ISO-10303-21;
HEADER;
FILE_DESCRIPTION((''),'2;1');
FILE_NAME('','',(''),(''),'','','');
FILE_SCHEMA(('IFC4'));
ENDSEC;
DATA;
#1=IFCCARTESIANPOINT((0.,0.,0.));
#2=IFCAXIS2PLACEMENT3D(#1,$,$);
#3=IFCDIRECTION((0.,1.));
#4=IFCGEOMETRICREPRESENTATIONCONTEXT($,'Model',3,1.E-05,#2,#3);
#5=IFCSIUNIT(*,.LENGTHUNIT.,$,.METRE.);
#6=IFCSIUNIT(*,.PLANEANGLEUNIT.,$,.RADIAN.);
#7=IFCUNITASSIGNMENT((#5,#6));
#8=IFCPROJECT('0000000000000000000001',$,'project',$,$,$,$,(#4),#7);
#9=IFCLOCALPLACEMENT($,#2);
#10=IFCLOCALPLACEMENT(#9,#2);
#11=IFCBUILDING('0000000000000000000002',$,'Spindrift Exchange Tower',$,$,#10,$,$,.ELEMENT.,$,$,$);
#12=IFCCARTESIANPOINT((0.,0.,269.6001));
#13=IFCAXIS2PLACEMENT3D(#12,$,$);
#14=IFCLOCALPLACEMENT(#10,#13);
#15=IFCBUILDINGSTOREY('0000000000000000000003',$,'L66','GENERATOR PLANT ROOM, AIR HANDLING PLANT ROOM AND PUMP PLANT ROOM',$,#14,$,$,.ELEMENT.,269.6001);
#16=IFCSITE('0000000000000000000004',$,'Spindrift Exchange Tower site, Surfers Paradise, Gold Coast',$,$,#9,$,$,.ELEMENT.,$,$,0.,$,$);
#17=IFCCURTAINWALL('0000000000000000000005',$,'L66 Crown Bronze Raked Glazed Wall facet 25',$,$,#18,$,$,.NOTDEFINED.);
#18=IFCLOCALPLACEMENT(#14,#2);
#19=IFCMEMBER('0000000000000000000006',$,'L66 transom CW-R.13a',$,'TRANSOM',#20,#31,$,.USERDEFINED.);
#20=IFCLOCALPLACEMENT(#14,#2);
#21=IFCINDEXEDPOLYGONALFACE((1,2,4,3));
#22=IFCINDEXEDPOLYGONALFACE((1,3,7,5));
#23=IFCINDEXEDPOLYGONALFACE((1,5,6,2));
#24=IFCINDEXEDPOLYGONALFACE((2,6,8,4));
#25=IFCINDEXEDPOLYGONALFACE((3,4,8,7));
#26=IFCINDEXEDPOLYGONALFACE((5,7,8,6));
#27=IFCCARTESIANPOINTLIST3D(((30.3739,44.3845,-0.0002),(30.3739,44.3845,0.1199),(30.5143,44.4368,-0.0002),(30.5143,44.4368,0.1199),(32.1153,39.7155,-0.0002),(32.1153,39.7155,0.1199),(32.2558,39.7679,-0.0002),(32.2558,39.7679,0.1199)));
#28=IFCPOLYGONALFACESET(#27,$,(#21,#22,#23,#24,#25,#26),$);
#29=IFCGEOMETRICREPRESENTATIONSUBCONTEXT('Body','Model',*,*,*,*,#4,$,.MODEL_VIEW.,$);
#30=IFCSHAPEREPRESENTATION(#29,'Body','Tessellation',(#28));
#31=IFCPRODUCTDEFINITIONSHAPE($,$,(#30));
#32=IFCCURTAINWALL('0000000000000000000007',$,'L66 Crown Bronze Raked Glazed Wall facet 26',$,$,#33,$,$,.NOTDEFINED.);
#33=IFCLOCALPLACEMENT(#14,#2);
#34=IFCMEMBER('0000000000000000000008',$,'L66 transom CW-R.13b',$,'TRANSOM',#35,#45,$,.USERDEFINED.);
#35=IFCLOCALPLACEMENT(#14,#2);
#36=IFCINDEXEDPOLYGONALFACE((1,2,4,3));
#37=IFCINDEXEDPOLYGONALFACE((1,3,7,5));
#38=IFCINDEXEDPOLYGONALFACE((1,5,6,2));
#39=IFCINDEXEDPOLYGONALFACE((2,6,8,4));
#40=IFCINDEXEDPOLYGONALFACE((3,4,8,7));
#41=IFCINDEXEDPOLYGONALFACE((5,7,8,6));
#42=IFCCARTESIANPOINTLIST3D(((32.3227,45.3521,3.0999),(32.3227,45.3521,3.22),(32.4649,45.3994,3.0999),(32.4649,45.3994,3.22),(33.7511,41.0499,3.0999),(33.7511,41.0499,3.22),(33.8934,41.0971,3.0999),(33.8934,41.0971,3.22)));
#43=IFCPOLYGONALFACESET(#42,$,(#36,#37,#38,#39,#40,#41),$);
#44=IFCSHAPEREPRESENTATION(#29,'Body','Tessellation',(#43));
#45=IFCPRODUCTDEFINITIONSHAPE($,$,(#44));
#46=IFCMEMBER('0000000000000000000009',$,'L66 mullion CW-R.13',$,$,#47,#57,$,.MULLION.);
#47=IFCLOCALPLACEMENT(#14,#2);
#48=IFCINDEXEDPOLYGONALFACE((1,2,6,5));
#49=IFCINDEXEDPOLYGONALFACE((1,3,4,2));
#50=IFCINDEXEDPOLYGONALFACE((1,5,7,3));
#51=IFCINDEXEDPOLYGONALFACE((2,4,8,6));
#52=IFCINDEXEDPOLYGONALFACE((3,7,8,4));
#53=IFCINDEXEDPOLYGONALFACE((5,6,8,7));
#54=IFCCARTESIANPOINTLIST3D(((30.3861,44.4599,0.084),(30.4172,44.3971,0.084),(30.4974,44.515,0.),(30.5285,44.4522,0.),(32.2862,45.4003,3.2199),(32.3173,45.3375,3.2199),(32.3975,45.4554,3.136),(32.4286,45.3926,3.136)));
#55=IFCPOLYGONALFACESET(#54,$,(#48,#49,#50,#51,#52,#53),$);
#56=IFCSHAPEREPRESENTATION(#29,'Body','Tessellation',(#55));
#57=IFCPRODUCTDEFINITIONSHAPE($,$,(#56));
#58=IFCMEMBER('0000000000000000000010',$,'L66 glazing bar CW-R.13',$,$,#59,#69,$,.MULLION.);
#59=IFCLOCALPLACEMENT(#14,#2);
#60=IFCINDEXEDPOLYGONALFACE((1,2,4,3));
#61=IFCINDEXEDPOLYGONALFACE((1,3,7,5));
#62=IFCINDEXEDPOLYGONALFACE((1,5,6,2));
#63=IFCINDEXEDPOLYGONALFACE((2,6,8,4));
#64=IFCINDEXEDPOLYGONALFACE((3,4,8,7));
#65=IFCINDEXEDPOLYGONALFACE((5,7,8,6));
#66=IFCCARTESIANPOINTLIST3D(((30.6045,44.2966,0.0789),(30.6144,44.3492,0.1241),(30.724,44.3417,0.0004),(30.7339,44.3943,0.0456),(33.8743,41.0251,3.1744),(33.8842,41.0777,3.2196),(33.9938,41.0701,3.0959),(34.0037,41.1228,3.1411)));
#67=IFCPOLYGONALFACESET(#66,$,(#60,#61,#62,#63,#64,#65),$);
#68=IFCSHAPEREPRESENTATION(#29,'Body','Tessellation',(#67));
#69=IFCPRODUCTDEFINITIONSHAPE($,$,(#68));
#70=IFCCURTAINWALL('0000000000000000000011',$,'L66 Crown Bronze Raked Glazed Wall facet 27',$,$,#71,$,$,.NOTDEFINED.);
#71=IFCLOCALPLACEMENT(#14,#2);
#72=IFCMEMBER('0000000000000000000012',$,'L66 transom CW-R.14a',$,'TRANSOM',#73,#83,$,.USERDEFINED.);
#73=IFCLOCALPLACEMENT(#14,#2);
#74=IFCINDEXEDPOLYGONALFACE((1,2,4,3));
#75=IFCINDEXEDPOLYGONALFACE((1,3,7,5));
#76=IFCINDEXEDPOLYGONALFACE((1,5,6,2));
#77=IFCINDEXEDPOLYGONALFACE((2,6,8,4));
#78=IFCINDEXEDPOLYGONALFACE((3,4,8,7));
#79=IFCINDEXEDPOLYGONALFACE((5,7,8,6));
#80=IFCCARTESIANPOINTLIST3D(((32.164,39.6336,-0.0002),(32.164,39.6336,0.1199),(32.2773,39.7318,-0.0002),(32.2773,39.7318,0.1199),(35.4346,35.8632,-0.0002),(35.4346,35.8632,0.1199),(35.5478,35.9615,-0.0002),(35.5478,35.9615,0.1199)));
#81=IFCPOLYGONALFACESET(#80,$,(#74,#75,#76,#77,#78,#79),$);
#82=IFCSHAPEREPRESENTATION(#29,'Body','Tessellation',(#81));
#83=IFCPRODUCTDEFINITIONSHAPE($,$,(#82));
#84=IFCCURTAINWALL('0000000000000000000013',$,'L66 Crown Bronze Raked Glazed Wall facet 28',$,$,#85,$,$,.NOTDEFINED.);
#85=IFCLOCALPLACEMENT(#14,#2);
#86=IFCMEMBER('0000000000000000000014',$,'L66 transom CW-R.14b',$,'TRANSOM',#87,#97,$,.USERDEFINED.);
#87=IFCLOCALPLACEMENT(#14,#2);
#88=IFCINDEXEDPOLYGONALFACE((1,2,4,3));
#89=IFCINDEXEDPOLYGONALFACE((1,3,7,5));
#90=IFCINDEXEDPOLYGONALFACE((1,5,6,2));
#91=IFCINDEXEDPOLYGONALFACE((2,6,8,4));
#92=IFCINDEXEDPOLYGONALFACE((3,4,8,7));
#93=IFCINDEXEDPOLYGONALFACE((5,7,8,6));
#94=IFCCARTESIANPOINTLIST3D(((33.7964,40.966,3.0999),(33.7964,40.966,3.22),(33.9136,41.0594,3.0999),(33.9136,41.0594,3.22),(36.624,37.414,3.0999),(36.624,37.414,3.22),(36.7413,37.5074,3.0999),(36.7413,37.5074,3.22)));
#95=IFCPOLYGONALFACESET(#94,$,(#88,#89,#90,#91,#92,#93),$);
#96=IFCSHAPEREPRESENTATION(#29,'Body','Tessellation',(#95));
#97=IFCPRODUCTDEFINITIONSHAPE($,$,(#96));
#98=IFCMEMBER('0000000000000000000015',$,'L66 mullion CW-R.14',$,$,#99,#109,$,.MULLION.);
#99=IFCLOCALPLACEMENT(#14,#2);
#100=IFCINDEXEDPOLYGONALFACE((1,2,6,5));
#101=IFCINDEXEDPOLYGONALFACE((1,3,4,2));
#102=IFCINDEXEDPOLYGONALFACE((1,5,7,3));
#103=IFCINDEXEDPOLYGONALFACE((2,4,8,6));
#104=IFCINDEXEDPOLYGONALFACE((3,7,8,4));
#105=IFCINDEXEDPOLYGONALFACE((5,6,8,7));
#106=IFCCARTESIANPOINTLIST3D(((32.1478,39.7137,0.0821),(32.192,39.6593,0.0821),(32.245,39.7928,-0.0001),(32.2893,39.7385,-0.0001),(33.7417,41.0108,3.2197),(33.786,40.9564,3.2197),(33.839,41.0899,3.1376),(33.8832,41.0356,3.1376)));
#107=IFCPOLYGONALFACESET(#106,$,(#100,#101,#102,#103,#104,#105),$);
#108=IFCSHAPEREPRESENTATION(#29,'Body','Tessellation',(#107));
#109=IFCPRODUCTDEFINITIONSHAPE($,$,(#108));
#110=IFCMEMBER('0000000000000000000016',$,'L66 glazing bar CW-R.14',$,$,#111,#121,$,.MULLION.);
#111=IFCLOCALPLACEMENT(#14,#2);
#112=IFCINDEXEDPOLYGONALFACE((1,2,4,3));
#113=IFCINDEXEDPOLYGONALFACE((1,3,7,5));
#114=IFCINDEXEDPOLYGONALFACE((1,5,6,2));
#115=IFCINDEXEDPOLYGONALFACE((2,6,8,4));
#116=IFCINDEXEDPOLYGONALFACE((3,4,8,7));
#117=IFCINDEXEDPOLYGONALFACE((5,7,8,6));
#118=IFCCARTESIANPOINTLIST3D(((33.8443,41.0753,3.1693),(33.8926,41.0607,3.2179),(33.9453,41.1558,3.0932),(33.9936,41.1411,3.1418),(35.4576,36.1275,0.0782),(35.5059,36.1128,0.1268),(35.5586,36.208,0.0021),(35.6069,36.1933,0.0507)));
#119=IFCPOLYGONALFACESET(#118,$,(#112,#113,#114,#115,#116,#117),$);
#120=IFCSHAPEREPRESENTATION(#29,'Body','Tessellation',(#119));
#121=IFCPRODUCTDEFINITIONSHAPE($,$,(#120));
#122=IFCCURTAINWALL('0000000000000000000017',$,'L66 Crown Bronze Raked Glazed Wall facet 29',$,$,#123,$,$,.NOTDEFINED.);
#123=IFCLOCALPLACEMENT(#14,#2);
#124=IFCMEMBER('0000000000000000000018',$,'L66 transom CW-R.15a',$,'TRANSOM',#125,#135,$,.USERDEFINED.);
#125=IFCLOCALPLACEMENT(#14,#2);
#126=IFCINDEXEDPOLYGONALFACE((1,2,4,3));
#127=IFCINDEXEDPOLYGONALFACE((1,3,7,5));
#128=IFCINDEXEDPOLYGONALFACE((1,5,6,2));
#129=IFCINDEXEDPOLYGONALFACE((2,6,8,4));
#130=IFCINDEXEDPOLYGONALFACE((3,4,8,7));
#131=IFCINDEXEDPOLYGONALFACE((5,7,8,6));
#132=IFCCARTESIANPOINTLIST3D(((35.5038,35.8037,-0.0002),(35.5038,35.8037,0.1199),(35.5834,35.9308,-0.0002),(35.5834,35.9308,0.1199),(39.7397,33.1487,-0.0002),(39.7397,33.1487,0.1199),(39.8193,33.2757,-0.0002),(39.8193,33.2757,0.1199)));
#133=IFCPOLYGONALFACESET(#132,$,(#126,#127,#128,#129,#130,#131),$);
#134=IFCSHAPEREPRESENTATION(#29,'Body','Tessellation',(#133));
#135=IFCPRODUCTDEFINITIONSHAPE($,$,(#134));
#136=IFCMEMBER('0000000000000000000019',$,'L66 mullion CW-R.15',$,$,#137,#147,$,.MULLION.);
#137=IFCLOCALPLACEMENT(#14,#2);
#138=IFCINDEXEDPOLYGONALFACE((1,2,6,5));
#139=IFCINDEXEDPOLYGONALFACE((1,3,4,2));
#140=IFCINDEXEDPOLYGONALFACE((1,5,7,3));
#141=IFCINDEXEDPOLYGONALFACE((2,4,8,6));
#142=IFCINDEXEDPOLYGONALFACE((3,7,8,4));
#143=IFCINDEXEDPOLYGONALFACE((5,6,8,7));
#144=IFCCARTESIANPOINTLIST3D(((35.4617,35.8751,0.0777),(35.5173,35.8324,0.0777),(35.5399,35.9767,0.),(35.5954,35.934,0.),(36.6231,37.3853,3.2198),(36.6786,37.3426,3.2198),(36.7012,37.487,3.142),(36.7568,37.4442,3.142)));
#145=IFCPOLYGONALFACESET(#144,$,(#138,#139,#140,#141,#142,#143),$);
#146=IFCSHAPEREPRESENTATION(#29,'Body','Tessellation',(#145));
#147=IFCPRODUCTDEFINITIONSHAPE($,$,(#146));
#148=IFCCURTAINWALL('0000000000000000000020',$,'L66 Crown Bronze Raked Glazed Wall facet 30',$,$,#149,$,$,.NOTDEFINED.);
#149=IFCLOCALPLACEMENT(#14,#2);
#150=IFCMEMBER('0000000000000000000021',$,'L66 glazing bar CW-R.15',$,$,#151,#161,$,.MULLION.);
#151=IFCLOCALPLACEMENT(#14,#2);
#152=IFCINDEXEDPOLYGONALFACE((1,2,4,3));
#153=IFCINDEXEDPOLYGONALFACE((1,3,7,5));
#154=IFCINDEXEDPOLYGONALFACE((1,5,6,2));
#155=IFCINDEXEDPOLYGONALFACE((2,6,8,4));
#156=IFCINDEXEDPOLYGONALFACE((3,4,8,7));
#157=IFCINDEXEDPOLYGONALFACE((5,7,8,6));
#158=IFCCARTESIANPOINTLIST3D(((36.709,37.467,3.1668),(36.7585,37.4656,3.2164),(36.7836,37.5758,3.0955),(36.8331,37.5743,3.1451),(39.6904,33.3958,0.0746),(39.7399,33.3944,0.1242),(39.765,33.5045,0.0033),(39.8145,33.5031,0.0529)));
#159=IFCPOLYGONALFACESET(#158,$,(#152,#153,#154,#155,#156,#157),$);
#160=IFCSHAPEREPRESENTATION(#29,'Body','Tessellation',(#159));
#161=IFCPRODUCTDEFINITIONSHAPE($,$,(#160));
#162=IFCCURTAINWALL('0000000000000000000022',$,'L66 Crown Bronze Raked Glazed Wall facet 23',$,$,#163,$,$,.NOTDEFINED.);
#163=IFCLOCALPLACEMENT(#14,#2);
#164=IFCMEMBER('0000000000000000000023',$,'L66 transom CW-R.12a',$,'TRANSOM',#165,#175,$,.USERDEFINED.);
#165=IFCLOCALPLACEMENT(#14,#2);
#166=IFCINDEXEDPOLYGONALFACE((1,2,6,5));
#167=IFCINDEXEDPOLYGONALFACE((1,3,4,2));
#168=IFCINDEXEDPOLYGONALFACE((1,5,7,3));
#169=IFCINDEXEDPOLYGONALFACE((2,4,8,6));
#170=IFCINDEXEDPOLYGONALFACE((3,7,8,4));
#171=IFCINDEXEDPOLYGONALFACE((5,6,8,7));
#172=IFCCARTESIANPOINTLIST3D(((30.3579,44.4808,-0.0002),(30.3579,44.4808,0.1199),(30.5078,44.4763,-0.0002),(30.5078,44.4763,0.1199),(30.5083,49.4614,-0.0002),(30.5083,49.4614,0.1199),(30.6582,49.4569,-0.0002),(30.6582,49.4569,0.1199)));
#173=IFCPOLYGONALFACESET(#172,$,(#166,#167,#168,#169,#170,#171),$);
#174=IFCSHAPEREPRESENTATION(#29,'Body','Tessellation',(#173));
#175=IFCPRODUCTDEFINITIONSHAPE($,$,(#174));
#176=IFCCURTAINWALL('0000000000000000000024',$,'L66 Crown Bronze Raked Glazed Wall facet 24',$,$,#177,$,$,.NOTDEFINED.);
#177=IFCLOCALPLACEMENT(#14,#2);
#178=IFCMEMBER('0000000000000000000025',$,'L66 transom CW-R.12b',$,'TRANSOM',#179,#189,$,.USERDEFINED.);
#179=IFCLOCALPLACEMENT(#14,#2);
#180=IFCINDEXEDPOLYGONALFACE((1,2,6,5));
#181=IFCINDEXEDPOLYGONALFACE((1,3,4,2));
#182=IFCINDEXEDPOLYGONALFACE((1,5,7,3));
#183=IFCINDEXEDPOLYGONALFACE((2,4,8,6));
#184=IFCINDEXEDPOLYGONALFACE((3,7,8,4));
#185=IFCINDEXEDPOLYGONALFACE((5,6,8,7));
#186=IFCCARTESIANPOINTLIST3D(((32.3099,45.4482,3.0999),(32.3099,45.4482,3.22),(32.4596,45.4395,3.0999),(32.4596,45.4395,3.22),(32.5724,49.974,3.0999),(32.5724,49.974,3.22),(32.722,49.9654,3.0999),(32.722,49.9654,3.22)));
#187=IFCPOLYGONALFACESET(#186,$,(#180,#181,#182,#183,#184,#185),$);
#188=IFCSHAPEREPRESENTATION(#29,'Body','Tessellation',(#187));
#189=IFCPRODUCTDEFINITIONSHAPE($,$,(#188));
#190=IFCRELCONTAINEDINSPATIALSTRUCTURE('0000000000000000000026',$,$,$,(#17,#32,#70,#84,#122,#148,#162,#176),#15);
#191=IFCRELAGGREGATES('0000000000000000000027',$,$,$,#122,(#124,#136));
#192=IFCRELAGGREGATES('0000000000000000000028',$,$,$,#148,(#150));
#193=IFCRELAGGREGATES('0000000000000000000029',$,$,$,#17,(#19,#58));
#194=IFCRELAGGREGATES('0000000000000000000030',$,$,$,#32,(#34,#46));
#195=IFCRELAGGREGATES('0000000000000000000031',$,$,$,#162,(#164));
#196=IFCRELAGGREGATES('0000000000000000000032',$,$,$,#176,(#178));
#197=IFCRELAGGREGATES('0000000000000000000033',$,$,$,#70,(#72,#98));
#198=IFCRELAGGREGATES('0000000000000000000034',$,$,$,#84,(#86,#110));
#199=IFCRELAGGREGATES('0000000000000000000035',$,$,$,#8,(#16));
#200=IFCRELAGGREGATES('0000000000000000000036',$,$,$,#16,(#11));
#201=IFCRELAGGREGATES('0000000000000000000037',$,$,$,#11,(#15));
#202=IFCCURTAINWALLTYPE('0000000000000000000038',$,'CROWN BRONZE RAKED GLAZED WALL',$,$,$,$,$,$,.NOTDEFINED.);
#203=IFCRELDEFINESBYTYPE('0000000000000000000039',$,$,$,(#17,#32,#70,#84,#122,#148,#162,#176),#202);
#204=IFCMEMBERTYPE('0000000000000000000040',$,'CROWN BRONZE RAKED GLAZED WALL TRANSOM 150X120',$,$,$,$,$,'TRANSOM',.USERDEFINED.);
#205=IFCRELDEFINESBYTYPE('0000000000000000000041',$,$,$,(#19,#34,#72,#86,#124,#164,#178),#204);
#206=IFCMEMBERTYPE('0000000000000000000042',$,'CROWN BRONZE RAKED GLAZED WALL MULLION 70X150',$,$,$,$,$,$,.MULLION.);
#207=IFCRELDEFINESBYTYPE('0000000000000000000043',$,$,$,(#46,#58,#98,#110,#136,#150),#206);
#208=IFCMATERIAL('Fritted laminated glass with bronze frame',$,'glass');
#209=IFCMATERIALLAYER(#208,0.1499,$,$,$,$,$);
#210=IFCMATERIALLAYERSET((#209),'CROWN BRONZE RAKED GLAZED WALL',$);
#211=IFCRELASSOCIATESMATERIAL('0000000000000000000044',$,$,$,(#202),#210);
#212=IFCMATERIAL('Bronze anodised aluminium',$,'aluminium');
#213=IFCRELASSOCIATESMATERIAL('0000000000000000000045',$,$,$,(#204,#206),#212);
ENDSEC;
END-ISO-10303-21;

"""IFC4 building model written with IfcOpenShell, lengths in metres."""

from ifc_helpers import new_model, si_unit, direction, frame, origin, origin_2d, place, context, subcontext, project, spatial, rectangle, extrude, source, transform, mapped, material, layer, layer_set, material_profile, profile_set, type_object, element, aggregate, save


model = new_model("IFC4")

# Units and contexts
model_context = context("Model", 3, precision=1e-05, world=origin(), true_north=direction((0.0, 1.0)))
body_context = subcontext(model_context, "Body", "Model", "MODEL_VIEW")
ifc_project = project(units=[si_unit("LENGTHUNIT", "METRE"), si_unit("PLANEANGLEUNIT", "RADIAN")], contexts=[model_context])

# Site, building, storey
site_placement = place(None, origin())
site = spatial("IfcSite", under=ifc_project, at=site_placement, Name="Spindrift Exchange Tower site, Surfers Paradise, Gold Coast", CompositionType="ELEMENT", RefElevation=0.0)
building_placement = place(site_placement, origin())
building = spatial("IfcBuilding", under=site, at=building_placement, Name="Spindrift Exchange Tower", CompositionType="ELEMENT")
storey_placement = place(building_placement, frame((0.0, 0.0, 269.6001)))
storey = spatial("IfcBuildingStorey", under=building, at=storey_placement, Name="L66", Description="GENERATOR PLANT ROOM, AIR HANDLING PLANT ROOM AND PUMP PLANT ROOM", CompositionType="ELEMENT", Elevation=269.6001)

# Curtain wall, member
ifc_material_1 = material(Name="Fritted laminated glass with bronze frame", Category="glass")
ifc_layer_1 = layer(ifc_material_1, 0.1499)
ifc_layer_set_1 = layer_set([ifc_layer_1], Name="CROWN BRONZE RAKED GLAZED WALL")
curtain_wall_type = type_object("IfcCurtainWallType", Name="CROWN BRONZE RAKED GLAZED WALL", PredefinedType="NOTDEFINED", material=ifc_layer_set_1)
curtain_wall_1_placement = place(storey_placement, origin())
curtain_wall_1 = element("IfcCurtainWall", 1, at=curtain_wall_1_placement, inside=storey, type_object=curtain_wall_type, Name="L66 Crown Bronze Raked Glazed Wall facet 25", PredefinedType="NOTDEFINED")
ifc_material_2 = material(Name="Bronze anodised aluminium", Category="aluminium")
ifc_material_profile_1 = material_profile(ifc_material_2, rectangle(XDim=0.1499, YDim=0.1201, at=origin_2d()), Name="CROWN BRONZE RAKED GLAZED WALL TRANSOM 150X120")
ifc_profile_set_1 = profile_set([ifc_material_profile_1], Name="Bronze anodised aluminium")
member_type_1 = type_object("IfcMemberType", Name="CROWN BRONZE RAKED GLAZED WALL TRANSOM 150X120", ElementType="TRANSOM", PredefinedType="USERDEFINED", material=ifc_profile_set_1)
shared_shape_1 = source(origin(), body_context, "Body", "SweptSolid", [
    extrude(rectangle(XDim=0.1499, YDim=0.1201, at=origin_2d()), origin(), (0.0, 0.0, 1.0), 4.9832),
])
member_1_placement = place(storey_placement, frame((30.4441, 44.4106, 0.0598), z_axis=(0.349469, -0.936948, 0.0), x_axis=(0.936948, 0.349469, 0.0)))
member_1 = element("IfcMember", 2, at=member_1_placement, type_object=member_type_1, Name="L66 transom CW-R.13a", ObjectType="TRANSOM", PredefinedType="USERDEFINED", context=body_context, shape_type="MappedRepresentation", body=[
    mapped(shared_shape_1, transform((0.0, 0.0, 0.0), scale=1.0)),
])

# Curtain wall, members
curtain_wall_2_placement = place(storey_placement, origin())
curtain_wall_2 = element("IfcCurtainWall", 3, at=curtain_wall_2_placement, inside=storey, type_object=curtain_wall_type, Name="L66 Crown Bronze Raked Glazed Wall facet 26", PredefinedType="NOTDEFINED")
shared_shape_2 = source(origin(), body_context, "Body", "SweptSolid", [
    extrude(rectangle(XDim=0.1499, YDim=0.1201, at=origin_2d()), origin(), (0.0, 0.0, 1.0), 4.5332),
])
member_2_placement = place(storey_placement, frame((32.3938, 45.3757, 3.1599), z_axis=(0.315113, -0.949054, 0.0), x_axis=(0.949054, 0.315113, 0.0)))
member_2 = element("IfcMember", 4, at=member_2_placement, type_object=member_type_1, Name="L66 transom CW-R.13b", ObjectType="TRANSOM", PredefinedType="USERDEFINED", context=body_context, shape_type="MappedRepresentation", body=[
    mapped(shared_shape_2, transform((0.0, 0.0, 0.0), scale=1.0)),
])
ifc_material_profile_2 = material_profile(ifc_material_2, rectangle(XDim=0.0701, YDim=0.1499, at=origin_2d()), Name="CROWN BRONZE RAKED GLAZED WALL MULLION 70X150")
ifc_profile_set_2 = profile_set([ifc_material_profile_2], Name="Bronze anodised aluminium")
member_type_2 = type_object("IfcMemberType", Name="CROWN BRONZE RAKED GLAZED WALL MULLION 70X150", PredefinedType="MULLION", material=ifc_profile_set_2)
shared_shape_3 = source(origin(), body_context, "Body", "SweptSolid", [
    extrude(rectangle(XDim=0.0701, YDim=0.1499, at=origin_2d()), origin(), (0.0, 0.0, 1.0), 3.7854),
])
member_3_placement = place(storey_placement, frame((30.4573, 44.4561, 0.042), z_axis=(0.501965, 0.248435, 0.828439), x_axis=(-0.443571, 0.896239, 0.0)))
member_3 = element("IfcMember", 5, at=member_3_placement, type_object=member_type_2, Name="L66 mullion CW-R.13", PredefinedType="MULLION", context=body_context, shape_type="MappedRepresentation", body=[
    mapped(shared_shape_3, transform((0.0, 0.0, 0.0), scale=1.0)),
])

# Member
shared_shape_4 = source(origin(), body_context, "Body", "SweptSolid", [
    extrude(rectangle(XDim=0.0701, YDim=0.1499, at=origin_2d()), origin(), (0.0, 0.0, 1.0), 5.5657),
])
member_4_placement = place(storey_placement, frame((30.6692, 44.3455, 0.0623), z_axis=(0.587497, -0.587804, 0.556177), x_axis=(0.140894, 0.751098, 0.644982)))
member_4 = element("IfcMember", 6, at=member_4_placement, type_object=member_type_2, Name="L66 glazing bar CW-R.13", PredefinedType="MULLION", context=body_context, shape_type="MappedRepresentation", body=[
    mapped(shared_shape_4, transform((0.0, 0.0, 0.0), scale=1.0)),
])

# Curtain walls, members
curtain_wall_3_placement = place(storey_placement, origin())
curtain_wall_3 = element("IfcCurtainWall", 7, at=curtain_wall_3_placement, inside=storey, type_object=curtain_wall_type, Name="L66 Crown Bronze Raked Glazed Wall facet 27", PredefinedType="NOTDEFINED")
shared_shape_5 = source(origin(), body_context, "Body", "SweptSolid", [
    extrude(rectangle(XDim=0.1499, YDim=0.1201, at=origin_2d()), origin(), (0.0, 0.0, 1.0), 4.9912),
])
member_5_placement = place(storey_placement, frame((35.4912, 35.9124, 0.0598), z_axis=(-0.655268, 0.755397, 0.0), x_axis=(-0.755397, -0.655268, 0.0)))
member_5 = element("IfcMember", 8, at=member_5_placement, type_object=member_type_1, Name="L66 transom CW-R.14a", ObjectType="TRANSOM", PredefinedType="USERDEFINED", context=body_context, shape_type="MappedRepresentation", body=[
    mapped(shared_shape_5, transform((0.0, 0.0, 0.0), scale=1.0)),
])
curtain_wall_4_placement = place(storey_placement, origin())
curtain_wall_4 = element("IfcCurtainWall", 9, at=curtain_wall_4_placement, inside=storey, type_object=curtain_wall_type, Name="L66 Crown Bronze Raked Glazed Wall facet 28", PredefinedType="NOTDEFINED")
shared_shape_6 = source(origin(), body_context, "Body", "SweptSolid", [
    extrude(rectangle(XDim=0.1499, YDim=0.1201, at=origin_2d()), origin(), (0.0, 0.0, 1.0), 4.54),
])
member_6_placement = place(storey_placement, frame((36.6826, 37.4607, 3.1599), z_axis=(-0.622818, 0.782367, 0.0), x_axis=(-0.782367, -0.622818, 0.0)))
member_6 = element("IfcMember", 10, at=member_6_placement, type_object=member_type_1, Name="L66 transom CW-R.14b", ObjectType="TRANSOM", PredefinedType="USERDEFINED", context=body_context, shape_type="MappedRepresentation", body=[
    mapped(shared_shape_6, transform((0.0, 0.0, 0.0), scale=1.0)),
])

# Members
shared_shape_7 = source(origin(), body_context, "Body", "SweptSolid", [
    extrude(rectangle(XDim=0.0701, YDim=0.1499, at=origin_2d()), origin(), (0.0, 0.0, 1.0), 3.7507),
])
member_7_placement = place(storey_placement, frame((32.2185, 39.7261, 0.041), z_axis=(0.424975, 0.345825, 0.836541), x_axis=(-0.631178, 0.775638, 0.0)))
member_7 = element("IfcMember", 11, at=member_7_placement, type_object=member_type_2, Name="L66 mullion CW-R.14", PredefinedType="MULLION", context=body_context, shape_type="MappedRepresentation", body=[
    mapped(shared_shape_7, transform((0.0, 0.0, 0.0), scale=1.0)),
])
shared_shape_8 = source(origin(), body_context, "Body", "SweptSolid", [
    extrude(rectangle(XDim=0.0701, YDim=0.1499, at=origin_2d()), origin(), (0.0, 0.0, 1.0), 6.053),
])
member_8_placement = place(storey_placement, frame((35.5322, 36.1604, 0.0645), z_axis=(-0.26653, 0.817418, 0.510675), x_axis=(-0.689073, 0.208854, -0.693944)))
member_8 = element("IfcMember", 12, at=member_8_placement, type_object=member_type_2, Name="L66 glazing bar CW-R.14", PredefinedType="MULLION", context=body_context, shape_type="MappedRepresentation", body=[
    mapped(shared_shape_8, transform((0.0, 0.0, 0.0), scale=1.0)),
])

# Curtain wall, members
curtain_wall_5_placement = place(storey_placement, origin())
curtain_wall_5 = element("IfcCurtainWall", 13, at=curtain_wall_5_placement, inside=storey, type_object=curtain_wall_type, Name="L66 Crown Bronze Raked Glazed Wall facet 29", PredefinedType="NOTDEFINED")
shared_shape_9 = source(origin(), body_context, "Body", "SweptSolid", [
    extrude(rectangle(XDim=0.1499, YDim=0.1201, at=origin_2d()), origin(), (0.0, 0.0, 1.0), 4.9993),
])
member_9_placement = place(storey_placement, frame((39.7795, 33.2122, 0.0598), z_axis=(-0.847312, 0.531096, 0.0), x_axis=(-0.531096, -0.847312, 0.0)))
member_9 = element("IfcMember", 14, at=member_9_placement, type_object=member_type_1, Name="L66 transom CW-R.15a", ObjectType="TRANSOM", PredefinedType="USERDEFINED", context=body_context, shape_type="MappedRepresentation", body=[
    mapped(shared_shape_9, transform((0.0, 0.0, 0.0), scale=1.0)),
])
shared_shape_10 = source(origin(), body_context, "Body", "SweptSolid", [
    extrude(rectangle(XDim=0.0701, YDim=0.1499, at=origin_2d()), origin(), (0.0, 0.0, 1.0), 3.6746),
])
member_10_placement = place(storey_placement, frame((35.5286, 35.9045, 0.0388), z_axis=(0.316059, 0.411003, 0.855093), x_axis=(-0.792714, 0.609593, 0.0)))
member_10 = element("IfcMember", 15, at=member_10_placement, type_object=member_type_2, Name="L66 mullion CW-R.15", PredefinedType="MULLION", context=body_context, shape_type="MappedRepresentation", body=[
    mapped(shared_shape_10, transform((0.0, 0.0, 0.0), scale=1.0)),
])
aggregate(curtain_wall_5, [member_9, member_10])

# Curtain walls, members
curtain_wall_6_placement = place(storey_placement, origin())
curtain_wall_6 = element("IfcCurtainWall", 16, at=curtain_wall_6_placement, inside=storey, type_object=curtain_wall_type, Name="L66 Crown Bronze Raked Glazed Wall facet 30", PredefinedType="NOTDEFINED")
shared_shape_11 = source(origin(), body_context, "Body", "SweptSolid", [
    extrude(rectangle(XDim=0.0701, YDim=0.1499, at=origin_2d()), origin(), (0.0, 0.0, 1.0), 5.9182),
])
member_11_placement = place(storey_placement, frame((39.7524, 33.4495, 0.0637), z_axis=(-0.503765, 0.687912, 0.522493), x_axis=(-0.70633, 0.020191, -0.707595)))
member_11 = element("IfcMember", 17, at=member_11_placement, type_object=member_type_2, Name="L66 glazing bar CW-R.15", PredefinedType="MULLION", context=body_context, shape_type="MappedRepresentation", body=[
    mapped(shared_shape_11, transform((0.0, 0.0, 0.0), scale=1.0)),
])
aggregate(curtain_wall_6, [member_11])
curtain_wall_7_placement = place(storey_placement, origin())
curtain_wall_7 = element("IfcCurtainWall", 18, at=curtain_wall_7_placement, inside=storey, type_object=curtain_wall_type, Name="L66 Crown Bronze Raked Glazed Wall facet 23", PredefinedType="NOTDEFINED")
shared_shape_12 = source(origin(), body_context, "Body", "SweptSolid", [
    extrude(rectangle(XDim=0.1499, YDim=0.1201, at=origin_2d()), origin(), (0.0, 0.0, 1.0), 4.9829),
])
member_12_placement = place(storey_placement, frame((30.4329, 44.4785, 0.0598), z_axis=(0.030181, 0.999544, 0.0), x_axis=(-0.999544, 0.030181, 0.0)))
member_12 = element("IfcMember", 19, at=member_12_placement, type_object=member_type_1, Name="L66 transom CW-R.12a", ObjectType="TRANSOM", PredefinedType="USERDEFINED", context=body_context, shape_type="MappedRepresentation", body=[
    mapped(shared_shape_12, transform((0.0, 0.0, 0.0), scale=1.0)),
])

# Curtain wall, member
curtain_wall_8_placement = place(storey_placement, origin())
curtain_wall_8 = element("IfcCurtainWall", 20, at=curtain_wall_8_placement, inside=storey, type_object=curtain_wall_type, Name="L66 Crown Bronze Raked Glazed Wall facet 24", PredefinedType="NOTDEFINED")
shared_shape_13 = source(origin(), body_context, "Body", "SweptSolid", [
    extrude(rectangle(XDim=0.1499, YDim=0.1201, at=origin_2d()), origin(), (0.0, 0.0, 1.0), 4.5334),
])
member_13_placement = place(storey_placement, frame((32.3848, 45.4438, 3.1599), z_axis=(0.057892, 0.998323, 0.0), x_axis=(-0.998323, 0.057892, 0.0)))
member_13 = element("IfcMember", 21, at=member_13_placement, type_object=member_type_1, Name="L66 transom CW-R.12b", ObjectType="TRANSOM", PredefinedType="USERDEFINED", context=body_context, shape_type="MappedRepresentation", body=[
    mapped(shared_shape_13, transform((0.0, 0.0, 0.0), scale=1.0)),
])

aggregate(curtain_wall_1, [member_1, member_4])
aggregate(curtain_wall_2, [member_2, member_3])
aggregate(curtain_wall_7, [member_12])
aggregate(curtain_wall_8, [member_13])
aggregate(curtain_wall_3, [member_5, member_7])
aggregate(curtain_wall_4, [member_6, member_8])

save(model, "model.ifc")
